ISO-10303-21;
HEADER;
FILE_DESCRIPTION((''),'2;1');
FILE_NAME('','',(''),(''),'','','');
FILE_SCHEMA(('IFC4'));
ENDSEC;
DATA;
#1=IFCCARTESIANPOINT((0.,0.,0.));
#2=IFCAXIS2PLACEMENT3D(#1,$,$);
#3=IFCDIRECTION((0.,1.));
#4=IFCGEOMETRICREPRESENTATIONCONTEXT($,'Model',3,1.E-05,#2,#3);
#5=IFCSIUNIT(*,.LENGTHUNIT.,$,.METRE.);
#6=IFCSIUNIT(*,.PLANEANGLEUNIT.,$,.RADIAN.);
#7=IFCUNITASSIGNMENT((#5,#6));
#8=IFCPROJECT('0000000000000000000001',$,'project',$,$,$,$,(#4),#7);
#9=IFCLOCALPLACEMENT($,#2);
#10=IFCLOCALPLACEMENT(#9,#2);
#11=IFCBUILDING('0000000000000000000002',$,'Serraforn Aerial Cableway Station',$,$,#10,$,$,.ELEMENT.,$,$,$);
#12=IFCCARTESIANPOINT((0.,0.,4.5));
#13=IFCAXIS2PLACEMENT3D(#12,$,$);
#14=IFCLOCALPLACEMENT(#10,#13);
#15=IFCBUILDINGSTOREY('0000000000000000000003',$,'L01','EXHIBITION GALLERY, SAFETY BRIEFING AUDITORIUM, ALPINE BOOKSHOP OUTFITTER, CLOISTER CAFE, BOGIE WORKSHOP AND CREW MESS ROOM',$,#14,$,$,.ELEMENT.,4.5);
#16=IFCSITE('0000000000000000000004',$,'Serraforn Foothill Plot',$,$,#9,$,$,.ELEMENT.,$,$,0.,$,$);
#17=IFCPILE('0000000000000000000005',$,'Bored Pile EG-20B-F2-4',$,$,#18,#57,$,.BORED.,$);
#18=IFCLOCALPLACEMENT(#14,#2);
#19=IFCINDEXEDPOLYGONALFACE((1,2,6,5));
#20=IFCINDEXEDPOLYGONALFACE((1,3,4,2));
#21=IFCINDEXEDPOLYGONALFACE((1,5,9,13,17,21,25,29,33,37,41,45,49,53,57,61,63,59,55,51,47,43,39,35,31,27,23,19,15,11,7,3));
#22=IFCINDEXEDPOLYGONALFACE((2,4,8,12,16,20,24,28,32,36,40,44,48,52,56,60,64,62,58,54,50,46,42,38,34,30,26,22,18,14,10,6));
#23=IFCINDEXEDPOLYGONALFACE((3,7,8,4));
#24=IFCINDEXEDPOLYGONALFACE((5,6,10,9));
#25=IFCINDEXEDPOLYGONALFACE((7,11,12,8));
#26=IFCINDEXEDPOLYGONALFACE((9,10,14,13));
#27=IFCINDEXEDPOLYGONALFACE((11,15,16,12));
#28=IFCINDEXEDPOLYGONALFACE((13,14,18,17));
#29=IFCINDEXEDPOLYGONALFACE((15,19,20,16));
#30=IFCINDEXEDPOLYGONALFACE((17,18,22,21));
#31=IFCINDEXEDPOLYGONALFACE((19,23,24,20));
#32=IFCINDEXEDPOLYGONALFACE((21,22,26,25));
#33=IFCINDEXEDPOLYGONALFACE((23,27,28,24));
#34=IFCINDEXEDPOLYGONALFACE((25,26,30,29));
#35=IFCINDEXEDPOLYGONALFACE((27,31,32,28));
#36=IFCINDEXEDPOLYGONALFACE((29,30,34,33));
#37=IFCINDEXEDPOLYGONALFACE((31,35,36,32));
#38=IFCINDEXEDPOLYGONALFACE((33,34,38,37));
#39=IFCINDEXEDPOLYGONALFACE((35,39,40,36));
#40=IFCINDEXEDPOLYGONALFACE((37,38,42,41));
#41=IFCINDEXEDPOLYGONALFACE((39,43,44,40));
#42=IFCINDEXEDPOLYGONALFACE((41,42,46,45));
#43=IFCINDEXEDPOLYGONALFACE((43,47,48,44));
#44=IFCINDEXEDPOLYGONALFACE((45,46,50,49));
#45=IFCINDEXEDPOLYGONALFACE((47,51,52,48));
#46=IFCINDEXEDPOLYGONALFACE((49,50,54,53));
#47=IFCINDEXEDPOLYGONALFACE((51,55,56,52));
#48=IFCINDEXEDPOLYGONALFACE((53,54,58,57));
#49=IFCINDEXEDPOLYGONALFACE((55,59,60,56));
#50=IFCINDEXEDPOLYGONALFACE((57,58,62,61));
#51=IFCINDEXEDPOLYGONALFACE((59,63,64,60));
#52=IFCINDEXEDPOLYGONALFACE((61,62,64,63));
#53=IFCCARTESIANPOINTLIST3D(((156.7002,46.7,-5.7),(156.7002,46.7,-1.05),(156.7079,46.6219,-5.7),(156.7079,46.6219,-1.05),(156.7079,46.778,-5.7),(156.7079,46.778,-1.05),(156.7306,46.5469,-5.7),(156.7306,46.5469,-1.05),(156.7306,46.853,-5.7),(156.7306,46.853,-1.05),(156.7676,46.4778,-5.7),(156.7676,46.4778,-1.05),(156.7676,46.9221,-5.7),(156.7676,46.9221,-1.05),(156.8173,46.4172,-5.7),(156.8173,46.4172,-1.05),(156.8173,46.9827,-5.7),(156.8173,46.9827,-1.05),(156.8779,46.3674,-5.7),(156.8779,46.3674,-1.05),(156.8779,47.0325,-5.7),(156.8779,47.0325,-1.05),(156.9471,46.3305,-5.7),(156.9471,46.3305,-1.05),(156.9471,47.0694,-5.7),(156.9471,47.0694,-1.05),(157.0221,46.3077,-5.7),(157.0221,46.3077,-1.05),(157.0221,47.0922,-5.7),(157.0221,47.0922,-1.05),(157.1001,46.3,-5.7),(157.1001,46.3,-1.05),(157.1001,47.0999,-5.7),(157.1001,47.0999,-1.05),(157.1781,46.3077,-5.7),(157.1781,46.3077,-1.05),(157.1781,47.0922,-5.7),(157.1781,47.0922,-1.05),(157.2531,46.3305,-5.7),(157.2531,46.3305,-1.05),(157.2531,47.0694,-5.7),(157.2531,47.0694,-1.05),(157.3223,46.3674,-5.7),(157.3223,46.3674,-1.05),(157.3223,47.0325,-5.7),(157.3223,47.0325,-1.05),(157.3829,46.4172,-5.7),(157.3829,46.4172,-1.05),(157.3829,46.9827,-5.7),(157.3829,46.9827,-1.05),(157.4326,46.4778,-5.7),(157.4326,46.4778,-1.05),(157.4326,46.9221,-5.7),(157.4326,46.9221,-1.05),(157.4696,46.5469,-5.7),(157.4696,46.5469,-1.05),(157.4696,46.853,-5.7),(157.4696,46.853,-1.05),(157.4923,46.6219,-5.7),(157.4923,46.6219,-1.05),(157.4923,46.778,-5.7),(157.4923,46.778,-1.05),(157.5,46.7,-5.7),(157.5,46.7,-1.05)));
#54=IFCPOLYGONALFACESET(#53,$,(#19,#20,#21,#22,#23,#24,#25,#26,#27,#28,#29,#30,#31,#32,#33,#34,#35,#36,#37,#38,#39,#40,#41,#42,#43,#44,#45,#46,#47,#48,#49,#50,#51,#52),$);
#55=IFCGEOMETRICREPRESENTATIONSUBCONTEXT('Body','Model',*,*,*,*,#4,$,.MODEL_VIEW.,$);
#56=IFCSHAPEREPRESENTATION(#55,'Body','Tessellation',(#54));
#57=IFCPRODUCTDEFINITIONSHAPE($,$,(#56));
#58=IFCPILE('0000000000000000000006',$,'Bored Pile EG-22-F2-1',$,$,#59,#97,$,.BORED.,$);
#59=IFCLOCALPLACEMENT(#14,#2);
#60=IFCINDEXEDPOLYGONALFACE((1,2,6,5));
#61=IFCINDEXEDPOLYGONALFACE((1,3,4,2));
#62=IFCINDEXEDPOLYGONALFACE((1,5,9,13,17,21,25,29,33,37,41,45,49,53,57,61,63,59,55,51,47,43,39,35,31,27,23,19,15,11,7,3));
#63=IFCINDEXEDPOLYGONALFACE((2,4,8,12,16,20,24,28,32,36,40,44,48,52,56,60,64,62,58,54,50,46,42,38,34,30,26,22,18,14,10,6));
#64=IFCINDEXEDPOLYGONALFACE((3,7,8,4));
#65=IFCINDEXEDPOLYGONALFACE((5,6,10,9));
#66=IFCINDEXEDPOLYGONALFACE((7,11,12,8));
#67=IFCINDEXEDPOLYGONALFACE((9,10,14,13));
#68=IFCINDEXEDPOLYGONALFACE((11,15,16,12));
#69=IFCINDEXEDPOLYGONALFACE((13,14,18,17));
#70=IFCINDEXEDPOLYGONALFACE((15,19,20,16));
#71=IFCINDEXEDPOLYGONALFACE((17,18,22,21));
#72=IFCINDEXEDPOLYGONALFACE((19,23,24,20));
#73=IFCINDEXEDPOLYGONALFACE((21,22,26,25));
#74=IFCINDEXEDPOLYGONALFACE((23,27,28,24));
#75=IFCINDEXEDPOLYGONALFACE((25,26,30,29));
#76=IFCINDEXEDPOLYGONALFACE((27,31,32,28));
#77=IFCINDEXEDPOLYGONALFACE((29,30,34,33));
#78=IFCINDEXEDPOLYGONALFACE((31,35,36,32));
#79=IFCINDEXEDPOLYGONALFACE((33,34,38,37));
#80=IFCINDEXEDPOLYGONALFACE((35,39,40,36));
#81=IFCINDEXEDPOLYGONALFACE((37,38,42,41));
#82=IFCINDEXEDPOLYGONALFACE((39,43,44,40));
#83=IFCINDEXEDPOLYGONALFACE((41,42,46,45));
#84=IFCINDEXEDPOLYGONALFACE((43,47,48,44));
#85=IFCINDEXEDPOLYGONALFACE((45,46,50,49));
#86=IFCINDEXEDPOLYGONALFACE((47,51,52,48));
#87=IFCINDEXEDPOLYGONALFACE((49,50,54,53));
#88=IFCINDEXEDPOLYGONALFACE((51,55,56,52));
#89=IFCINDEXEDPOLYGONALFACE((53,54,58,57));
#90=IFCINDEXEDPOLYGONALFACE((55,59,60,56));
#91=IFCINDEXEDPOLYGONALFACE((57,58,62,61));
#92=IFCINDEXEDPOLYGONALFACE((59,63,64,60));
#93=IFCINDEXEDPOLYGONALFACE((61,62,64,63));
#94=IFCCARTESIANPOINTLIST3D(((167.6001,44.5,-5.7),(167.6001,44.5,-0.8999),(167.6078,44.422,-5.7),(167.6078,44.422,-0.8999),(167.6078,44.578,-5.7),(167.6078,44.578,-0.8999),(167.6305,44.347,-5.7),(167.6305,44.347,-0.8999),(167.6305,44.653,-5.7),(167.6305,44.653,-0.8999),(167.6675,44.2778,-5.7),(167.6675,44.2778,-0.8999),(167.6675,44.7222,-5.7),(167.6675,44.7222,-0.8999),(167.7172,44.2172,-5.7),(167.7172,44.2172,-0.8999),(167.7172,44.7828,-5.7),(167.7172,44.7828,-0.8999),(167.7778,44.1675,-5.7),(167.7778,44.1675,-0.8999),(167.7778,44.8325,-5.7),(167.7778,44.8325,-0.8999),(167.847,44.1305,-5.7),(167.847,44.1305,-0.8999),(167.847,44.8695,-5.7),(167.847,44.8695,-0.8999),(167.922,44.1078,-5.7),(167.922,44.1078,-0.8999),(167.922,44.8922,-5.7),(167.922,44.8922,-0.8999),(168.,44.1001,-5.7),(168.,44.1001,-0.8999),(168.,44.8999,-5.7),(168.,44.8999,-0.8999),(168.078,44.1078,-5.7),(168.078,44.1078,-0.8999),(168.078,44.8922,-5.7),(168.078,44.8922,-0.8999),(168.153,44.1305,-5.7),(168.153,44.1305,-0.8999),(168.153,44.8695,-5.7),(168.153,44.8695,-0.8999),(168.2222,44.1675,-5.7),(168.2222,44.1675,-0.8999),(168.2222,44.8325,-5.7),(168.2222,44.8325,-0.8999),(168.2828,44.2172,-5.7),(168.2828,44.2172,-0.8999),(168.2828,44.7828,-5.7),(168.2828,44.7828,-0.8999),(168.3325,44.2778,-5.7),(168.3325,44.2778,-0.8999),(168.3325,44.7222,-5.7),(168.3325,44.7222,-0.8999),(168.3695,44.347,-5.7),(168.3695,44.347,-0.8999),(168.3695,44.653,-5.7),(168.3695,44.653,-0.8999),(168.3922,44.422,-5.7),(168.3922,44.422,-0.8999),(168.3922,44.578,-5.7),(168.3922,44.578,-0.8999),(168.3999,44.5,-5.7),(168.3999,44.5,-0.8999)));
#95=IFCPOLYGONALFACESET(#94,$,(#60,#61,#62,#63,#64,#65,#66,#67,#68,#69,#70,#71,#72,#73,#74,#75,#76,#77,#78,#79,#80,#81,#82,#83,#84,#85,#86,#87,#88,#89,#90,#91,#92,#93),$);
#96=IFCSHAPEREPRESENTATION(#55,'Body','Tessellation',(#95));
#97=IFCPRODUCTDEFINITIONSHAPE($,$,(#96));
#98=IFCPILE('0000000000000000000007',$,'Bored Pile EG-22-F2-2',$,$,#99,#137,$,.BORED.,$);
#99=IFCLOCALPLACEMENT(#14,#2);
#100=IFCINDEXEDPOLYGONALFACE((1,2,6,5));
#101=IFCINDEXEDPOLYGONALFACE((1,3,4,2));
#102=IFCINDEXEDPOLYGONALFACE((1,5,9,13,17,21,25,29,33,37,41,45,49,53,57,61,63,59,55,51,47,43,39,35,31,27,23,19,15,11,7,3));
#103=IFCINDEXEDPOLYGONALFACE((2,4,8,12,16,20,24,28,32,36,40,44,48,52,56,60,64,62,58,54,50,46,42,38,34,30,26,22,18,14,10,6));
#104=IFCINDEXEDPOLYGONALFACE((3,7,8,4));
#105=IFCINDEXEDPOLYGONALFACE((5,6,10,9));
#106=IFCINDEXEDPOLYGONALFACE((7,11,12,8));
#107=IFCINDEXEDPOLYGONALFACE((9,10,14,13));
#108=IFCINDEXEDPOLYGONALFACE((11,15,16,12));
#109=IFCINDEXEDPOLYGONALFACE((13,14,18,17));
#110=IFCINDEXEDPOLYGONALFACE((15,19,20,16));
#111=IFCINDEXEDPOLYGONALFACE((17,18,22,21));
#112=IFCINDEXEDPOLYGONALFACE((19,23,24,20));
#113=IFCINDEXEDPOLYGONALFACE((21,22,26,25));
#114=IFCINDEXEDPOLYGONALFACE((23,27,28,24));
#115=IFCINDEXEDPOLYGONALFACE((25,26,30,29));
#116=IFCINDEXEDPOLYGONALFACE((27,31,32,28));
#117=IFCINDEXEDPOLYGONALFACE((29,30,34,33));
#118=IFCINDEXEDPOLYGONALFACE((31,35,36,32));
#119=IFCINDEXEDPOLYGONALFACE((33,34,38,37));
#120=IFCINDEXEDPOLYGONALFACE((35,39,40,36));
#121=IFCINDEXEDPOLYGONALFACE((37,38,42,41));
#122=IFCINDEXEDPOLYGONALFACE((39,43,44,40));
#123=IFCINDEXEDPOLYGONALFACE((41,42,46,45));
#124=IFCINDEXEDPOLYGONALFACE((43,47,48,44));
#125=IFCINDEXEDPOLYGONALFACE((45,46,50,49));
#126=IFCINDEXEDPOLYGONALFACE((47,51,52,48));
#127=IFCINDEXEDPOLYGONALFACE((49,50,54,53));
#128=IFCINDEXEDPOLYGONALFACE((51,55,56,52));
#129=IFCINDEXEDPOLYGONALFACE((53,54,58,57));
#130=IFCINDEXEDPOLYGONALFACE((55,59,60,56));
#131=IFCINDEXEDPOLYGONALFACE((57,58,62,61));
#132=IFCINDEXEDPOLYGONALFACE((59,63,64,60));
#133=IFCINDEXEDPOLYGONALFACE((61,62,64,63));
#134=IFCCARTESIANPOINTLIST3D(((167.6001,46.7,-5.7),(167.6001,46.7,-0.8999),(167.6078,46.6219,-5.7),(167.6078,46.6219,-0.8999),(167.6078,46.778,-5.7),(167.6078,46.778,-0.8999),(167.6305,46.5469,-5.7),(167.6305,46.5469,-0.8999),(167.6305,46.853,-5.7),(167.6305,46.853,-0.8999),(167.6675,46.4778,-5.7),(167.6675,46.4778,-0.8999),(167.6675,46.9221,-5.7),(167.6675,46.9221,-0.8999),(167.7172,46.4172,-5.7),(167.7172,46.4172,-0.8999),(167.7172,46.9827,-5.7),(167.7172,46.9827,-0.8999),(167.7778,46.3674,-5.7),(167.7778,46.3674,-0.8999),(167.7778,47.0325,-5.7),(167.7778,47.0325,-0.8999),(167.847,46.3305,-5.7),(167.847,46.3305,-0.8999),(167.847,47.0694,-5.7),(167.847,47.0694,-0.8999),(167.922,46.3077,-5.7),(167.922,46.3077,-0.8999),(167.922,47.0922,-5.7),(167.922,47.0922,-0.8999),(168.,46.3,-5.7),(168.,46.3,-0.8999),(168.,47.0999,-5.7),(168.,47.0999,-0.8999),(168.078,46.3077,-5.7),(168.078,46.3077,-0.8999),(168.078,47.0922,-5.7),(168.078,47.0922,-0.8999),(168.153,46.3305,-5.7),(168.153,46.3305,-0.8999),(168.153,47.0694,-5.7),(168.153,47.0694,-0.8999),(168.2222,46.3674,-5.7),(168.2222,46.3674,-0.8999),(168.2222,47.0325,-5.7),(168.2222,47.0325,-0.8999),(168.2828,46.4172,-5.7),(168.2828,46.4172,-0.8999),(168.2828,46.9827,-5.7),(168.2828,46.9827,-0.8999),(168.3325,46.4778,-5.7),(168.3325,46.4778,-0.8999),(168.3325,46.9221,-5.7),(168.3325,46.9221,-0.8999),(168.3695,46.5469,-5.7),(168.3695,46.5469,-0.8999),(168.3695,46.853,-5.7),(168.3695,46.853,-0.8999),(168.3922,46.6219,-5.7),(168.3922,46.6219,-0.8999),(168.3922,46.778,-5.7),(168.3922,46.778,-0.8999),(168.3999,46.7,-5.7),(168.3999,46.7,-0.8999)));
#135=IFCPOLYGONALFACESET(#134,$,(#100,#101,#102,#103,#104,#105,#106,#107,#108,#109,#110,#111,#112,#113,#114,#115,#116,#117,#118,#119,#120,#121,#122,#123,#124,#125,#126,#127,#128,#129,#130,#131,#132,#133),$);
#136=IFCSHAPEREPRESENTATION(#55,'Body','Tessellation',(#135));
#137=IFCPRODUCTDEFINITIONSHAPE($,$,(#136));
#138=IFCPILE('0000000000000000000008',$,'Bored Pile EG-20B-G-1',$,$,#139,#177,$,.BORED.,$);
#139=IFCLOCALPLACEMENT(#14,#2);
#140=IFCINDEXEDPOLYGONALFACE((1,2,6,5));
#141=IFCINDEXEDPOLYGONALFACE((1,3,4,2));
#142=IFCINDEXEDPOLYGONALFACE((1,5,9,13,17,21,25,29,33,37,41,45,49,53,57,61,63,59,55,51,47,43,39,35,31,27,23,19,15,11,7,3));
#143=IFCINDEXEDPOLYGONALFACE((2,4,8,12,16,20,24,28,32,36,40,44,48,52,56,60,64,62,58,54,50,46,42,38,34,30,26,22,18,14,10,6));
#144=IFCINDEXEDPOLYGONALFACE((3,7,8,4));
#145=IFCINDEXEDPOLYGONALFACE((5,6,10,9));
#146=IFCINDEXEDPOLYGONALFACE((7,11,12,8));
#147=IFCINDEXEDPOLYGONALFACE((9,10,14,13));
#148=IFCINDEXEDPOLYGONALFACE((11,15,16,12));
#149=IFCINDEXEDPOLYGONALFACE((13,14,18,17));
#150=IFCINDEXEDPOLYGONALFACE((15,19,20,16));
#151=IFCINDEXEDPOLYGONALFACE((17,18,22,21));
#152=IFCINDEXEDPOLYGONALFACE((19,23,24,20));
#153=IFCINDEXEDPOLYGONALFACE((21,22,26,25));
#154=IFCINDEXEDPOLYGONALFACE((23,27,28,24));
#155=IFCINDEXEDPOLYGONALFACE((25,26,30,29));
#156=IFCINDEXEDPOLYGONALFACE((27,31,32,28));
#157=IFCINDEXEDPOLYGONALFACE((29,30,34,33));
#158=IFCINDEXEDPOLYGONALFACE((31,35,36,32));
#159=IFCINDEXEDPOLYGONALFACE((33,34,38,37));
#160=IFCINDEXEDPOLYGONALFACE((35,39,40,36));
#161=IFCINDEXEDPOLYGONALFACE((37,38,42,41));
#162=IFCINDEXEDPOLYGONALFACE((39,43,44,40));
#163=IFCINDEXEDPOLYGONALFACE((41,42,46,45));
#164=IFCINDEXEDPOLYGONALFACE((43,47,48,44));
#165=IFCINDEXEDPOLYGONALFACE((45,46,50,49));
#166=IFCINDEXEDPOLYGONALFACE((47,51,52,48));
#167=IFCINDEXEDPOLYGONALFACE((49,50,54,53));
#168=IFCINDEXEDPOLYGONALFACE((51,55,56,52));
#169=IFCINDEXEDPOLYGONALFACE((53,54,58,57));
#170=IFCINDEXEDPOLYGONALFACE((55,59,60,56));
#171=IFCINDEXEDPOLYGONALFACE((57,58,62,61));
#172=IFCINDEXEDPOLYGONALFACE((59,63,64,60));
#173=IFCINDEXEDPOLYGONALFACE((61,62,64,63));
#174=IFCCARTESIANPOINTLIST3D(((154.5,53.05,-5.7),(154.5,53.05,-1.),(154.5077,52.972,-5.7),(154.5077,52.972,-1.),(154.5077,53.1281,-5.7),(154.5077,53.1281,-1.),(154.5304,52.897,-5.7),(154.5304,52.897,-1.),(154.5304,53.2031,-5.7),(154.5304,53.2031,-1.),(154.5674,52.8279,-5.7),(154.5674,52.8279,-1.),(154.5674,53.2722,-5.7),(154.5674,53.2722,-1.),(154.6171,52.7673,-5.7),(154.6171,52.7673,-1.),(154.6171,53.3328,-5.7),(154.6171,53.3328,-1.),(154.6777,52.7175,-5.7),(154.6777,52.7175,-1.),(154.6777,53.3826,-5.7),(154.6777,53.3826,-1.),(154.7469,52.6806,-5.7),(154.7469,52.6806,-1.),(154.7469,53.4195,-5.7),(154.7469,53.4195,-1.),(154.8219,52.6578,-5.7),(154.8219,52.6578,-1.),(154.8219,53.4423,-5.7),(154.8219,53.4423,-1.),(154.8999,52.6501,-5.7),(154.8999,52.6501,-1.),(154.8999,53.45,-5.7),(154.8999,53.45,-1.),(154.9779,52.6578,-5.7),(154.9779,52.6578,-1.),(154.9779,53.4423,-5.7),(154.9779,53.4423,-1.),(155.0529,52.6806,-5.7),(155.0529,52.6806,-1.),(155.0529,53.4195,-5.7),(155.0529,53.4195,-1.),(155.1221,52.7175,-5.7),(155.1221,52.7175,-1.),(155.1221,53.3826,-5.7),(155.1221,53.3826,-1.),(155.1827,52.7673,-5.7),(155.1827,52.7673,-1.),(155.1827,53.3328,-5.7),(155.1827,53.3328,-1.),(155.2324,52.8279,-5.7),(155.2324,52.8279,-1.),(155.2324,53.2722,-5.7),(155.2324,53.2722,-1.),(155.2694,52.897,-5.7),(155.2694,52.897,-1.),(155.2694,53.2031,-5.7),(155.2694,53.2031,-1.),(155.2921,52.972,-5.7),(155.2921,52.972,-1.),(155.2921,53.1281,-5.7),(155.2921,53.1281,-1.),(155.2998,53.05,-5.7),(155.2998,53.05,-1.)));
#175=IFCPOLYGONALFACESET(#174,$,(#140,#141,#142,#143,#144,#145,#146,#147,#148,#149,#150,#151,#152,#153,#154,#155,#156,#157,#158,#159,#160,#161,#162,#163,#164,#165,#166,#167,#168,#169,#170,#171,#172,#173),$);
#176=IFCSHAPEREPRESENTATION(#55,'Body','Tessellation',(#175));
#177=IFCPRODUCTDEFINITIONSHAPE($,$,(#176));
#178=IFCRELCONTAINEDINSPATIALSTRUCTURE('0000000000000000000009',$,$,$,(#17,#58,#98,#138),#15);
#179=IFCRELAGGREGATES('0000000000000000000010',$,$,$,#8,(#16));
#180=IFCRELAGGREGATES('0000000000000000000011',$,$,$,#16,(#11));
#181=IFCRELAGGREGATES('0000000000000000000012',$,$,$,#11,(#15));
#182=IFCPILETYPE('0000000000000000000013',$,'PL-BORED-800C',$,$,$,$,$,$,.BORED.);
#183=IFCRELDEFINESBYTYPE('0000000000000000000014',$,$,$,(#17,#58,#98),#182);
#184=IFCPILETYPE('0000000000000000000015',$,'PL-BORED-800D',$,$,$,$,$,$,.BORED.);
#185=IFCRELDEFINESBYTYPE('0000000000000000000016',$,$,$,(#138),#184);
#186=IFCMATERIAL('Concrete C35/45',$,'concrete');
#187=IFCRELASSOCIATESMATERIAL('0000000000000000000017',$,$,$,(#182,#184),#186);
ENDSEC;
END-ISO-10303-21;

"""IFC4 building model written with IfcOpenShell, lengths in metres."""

from ifc_helpers import new_model, si_unit, direction, frame, origin, origin_2d, place, context, subcontext, project, spatial, circle, extrude, material, material_profile, profile_set, type_object, element, save


model = new_model("IFC4")

# Units and contexts
model_context = context("Model", 3, precision=1e-05, world=origin(), true_north=direction((0.0, 1.0)))
body_context = subcontext(model_context, "Body", "Model", "MODEL_VIEW")
ifc_project = project(units=[si_unit("LENGTHUNIT", "METRE"), si_unit("PLANEANGLEUNIT", "RADIAN")], contexts=[model_context])

# Site, building, storey
site_placement = place(None, origin())
site = spatial("IfcSite", under=ifc_project, at=site_placement, Name="Serraforn Foothill Plot", CompositionType="ELEMENT", RefElevation=0.0)
building_placement = place(site_placement, origin())
building = spatial("IfcBuilding", under=site, at=building_placement, Name="Serraforn Aerial Cableway Station", CompositionType="ELEMENT")
storey_placement = place(building_placement, frame((0.0, 0.0, 4.5)))
storey = spatial("IfcBuildingStorey", under=building, at=storey_placement, Name="L01", Description="EXHIBITION GALLERY, SAFETY BRIEFING AUDITORIUM, ALPINE BOOKSHOP OUTFITTER, CLOISTER CAFE, BOGIE WORKSHOP AND CREW MESS ROOM", CompositionType="ELEMENT", Elevation=4.5)

# Shared definitions
ifc_material_1 = material(Name="Concrete C35/45", Category="concrete")

# Piles
ifc_material_profile_1 = material_profile(ifc_material_1, circle(Radius=0.3999, at=origin_2d()), Name="BORED PILE D800")
ifc_profile_set_1 = profile_set([ifc_material_profile_1], Name="Concrete C35/45")
pile_type_1 = type_object("IfcPileType", Name="PL-BORED-800C", PredefinedType="BORED", material=ifc_profile_set_1)
for number, where, z_axis, x_axis, name in (
    (1, (157.1001, 46.7, -1.05), (0.0, 0.0, -1.0), (1.0, 0.0, 0.0), "Bored Pile EG-20B-F2-4"),
):
    element("IfcPile", number, at=place(storey_placement, frame(where, z_axis=z_axis, x_axis=x_axis)), inside=storey, type_object=pile_type_1, Name=name, PredefinedType="BORED", context=body_context, shape_type="SweptSolid", body=[
        extrude(circle(Radius=0.3999, at=origin_2d()), origin(), (0.0, 0.0, 1.0), 4.6499),
    ])
for number, where, z_axis, x_axis, name in (
    (2, (168.0, 44.5, -0.8999), (0.0, 0.0, -1.0), (1.0, 0.0, 0.0), "Bored Pile EG-22-F2-1"),
    (3, (168.0, 46.7, -0.8999), (0.0, 0.0, -1.0), (1.0, 0.0, 0.0), "Bored Pile EG-22-F2-2"),
):
    element("IfcPile", number, at=place(storey_placement, frame(where, z_axis=z_axis, x_axis=x_axis)), inside=storey, type_object=pile_type_1, Name=name, PredefinedType="BORED", context=body_context, shape_type="SweptSolid", body=[
        extrude(circle(Radius=0.3999, at=origin_2d()), origin(), (0.0, 0.0, 1.0), 4.8),
    ])
ifc_material_profile_2 = material_profile(ifc_material_1, circle(Radius=0.3999, at=origin_2d()), Name="BORED PILE D800")
ifc_profile_set_2 = profile_set([ifc_material_profile_2], Name="Concrete C35/45")
pile_type_2 = type_object("IfcPileType", Name="PL-BORED-800D", PredefinedType="BORED", material=ifc_profile_set_2)
for number, where, z_axis, x_axis, name in (
    (4, (154.8999, 53.05, -1.0), (0.0, 0.0, -1.0), (1.0, 0.0, 0.0), "Bored Pile EG-20B-G-1"),
):
    element("IfcPile", number, at=place(storey_placement, frame(where, z_axis=z_axis, x_axis=x_axis)), inside=storey, type_object=pile_type_2, Name=name, PredefinedType="BORED", context=body_context, shape_type="SweptSolid", body=[
        extrude(circle(Radius=0.3999, at=origin_2d()), origin(), (0.0, 0.0, 1.0), 4.7),
    ])

save(model, "model.ifc")
